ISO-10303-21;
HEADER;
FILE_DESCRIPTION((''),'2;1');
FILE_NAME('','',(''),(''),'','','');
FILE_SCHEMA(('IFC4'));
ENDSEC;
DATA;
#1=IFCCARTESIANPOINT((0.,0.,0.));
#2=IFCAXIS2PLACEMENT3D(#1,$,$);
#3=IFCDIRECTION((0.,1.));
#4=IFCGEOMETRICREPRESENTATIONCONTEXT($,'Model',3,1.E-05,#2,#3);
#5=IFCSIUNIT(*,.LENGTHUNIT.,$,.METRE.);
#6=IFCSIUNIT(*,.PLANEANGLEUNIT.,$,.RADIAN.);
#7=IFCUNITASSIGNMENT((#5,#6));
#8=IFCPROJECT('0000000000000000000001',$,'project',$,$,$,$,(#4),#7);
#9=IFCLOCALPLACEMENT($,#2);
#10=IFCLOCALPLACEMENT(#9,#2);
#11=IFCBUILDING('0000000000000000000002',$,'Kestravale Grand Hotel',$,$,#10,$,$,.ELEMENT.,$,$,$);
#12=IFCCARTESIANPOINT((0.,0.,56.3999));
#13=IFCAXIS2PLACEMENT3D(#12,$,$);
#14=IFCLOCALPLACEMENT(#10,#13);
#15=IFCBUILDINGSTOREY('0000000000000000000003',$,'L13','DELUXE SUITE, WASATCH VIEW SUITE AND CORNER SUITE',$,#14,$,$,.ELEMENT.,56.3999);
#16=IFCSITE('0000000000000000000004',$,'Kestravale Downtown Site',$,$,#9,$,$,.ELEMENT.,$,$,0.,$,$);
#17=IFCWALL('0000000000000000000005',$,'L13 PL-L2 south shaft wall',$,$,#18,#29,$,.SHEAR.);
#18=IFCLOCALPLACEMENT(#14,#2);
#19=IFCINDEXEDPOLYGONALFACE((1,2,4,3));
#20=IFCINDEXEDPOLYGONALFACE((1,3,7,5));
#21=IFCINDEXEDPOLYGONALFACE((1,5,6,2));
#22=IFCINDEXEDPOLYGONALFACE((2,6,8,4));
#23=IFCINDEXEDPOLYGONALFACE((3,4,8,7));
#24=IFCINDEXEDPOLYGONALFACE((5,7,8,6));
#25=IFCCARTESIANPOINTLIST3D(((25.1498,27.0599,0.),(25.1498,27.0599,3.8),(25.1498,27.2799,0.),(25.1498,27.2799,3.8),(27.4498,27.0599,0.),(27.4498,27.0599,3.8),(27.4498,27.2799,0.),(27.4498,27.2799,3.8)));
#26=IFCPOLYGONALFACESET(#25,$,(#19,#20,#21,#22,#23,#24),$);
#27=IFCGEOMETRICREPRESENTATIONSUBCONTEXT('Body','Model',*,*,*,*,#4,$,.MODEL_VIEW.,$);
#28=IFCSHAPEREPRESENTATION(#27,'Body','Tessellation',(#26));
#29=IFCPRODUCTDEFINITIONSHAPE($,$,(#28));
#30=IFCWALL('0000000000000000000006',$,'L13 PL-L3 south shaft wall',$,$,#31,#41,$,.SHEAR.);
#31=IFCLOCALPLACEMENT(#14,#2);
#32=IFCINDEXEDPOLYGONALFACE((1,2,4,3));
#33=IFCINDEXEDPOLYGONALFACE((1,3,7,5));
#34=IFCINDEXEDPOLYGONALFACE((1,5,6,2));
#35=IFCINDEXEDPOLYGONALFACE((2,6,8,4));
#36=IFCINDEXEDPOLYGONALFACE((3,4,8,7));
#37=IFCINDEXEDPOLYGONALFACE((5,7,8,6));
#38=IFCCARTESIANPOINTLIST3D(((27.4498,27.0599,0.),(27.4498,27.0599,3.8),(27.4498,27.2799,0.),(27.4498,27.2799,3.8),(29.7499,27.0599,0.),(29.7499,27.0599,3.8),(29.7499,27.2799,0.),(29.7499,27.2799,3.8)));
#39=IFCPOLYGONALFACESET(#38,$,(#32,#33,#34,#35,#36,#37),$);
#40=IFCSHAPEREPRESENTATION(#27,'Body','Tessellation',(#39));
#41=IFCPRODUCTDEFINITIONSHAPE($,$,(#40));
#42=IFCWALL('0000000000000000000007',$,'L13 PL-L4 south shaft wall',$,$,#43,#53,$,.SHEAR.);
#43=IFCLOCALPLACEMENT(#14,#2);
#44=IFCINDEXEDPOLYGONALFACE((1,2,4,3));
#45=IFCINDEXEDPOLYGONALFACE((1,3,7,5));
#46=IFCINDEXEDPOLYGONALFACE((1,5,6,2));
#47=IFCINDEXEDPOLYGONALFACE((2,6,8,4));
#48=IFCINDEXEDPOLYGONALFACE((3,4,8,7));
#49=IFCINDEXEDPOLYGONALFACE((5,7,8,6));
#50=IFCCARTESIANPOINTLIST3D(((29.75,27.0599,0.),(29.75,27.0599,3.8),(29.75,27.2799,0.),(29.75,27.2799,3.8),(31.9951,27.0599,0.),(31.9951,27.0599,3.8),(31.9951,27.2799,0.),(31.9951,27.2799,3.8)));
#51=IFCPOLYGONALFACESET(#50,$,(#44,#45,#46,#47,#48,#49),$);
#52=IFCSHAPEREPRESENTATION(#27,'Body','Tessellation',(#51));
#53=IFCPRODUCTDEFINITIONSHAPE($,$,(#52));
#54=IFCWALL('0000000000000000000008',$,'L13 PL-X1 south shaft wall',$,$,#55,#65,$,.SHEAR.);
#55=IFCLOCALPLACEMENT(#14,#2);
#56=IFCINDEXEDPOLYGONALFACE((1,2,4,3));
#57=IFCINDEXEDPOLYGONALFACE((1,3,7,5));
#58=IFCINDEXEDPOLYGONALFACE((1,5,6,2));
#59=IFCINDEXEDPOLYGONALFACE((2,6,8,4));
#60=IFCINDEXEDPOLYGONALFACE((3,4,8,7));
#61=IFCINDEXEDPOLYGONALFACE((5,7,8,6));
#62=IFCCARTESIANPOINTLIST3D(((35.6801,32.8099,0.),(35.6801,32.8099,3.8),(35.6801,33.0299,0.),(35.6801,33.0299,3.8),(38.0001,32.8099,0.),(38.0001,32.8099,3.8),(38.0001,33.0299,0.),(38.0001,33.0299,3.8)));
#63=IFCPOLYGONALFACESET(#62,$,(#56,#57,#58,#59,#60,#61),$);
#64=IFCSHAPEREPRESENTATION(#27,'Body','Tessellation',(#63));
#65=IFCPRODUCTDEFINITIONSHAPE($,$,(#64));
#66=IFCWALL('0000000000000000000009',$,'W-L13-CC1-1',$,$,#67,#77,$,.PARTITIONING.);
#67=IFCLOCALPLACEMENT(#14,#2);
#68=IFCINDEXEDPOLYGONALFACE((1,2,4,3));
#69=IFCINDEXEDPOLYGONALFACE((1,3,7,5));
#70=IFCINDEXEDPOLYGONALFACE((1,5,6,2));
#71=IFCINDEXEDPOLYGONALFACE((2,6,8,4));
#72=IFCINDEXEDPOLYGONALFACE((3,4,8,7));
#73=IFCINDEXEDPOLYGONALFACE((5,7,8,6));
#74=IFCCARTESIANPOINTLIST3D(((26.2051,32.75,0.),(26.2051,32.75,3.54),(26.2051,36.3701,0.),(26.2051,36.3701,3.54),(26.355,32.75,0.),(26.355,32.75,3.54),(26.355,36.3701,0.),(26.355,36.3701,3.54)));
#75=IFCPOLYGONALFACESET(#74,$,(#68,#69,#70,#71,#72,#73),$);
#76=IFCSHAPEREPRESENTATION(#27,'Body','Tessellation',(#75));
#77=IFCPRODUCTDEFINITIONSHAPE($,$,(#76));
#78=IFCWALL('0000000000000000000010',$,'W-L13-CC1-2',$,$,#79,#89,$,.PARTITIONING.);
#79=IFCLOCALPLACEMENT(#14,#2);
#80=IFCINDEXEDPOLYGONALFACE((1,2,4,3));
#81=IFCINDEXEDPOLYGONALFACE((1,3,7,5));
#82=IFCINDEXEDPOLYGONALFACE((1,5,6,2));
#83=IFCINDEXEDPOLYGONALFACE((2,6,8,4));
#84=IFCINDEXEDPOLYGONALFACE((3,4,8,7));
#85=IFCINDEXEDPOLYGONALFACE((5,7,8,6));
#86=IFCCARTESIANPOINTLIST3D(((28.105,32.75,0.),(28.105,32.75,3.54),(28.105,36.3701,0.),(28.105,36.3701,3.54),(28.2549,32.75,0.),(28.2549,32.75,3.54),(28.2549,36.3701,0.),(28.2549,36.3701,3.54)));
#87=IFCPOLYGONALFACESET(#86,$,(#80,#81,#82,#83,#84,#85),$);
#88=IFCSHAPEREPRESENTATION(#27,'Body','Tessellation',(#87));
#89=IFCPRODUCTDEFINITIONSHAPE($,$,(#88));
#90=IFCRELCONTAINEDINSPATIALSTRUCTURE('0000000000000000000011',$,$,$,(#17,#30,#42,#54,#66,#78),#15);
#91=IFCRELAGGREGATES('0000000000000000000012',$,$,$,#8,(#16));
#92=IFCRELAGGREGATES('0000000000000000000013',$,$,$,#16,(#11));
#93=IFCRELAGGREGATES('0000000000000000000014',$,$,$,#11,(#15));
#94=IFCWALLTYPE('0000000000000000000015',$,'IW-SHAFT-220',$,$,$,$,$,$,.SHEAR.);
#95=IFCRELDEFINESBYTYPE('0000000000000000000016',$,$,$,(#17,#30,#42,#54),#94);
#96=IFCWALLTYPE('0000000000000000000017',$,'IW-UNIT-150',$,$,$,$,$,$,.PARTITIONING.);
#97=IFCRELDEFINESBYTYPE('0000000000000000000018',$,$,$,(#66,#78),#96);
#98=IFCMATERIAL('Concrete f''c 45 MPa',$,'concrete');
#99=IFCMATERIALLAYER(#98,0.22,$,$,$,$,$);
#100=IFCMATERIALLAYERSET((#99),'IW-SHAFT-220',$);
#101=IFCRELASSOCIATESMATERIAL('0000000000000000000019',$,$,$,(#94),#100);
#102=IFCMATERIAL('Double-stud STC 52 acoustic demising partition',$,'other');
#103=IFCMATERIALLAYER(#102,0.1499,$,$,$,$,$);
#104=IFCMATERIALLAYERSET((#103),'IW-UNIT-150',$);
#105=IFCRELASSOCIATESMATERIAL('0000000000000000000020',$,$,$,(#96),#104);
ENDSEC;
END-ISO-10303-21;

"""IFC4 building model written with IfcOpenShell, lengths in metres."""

from ifc_helpers import new_model, si_unit, direction, frame, frame_2d, origin, place, context, subcontext, project, spatial, rectangle, extrude, material, layer, layer_set, type_object, element, save


model = new_model("IFC4")

# Units and contexts
model_context = context("Model", 3, precision=1e-05, world=origin(), true_north=direction((0.0, 1.0)))
body_context = subcontext(model_context, "Body", "Model", "MODEL_VIEW")
ifc_project = project(units=[si_unit("LENGTHUNIT", "METRE"), si_unit("PLANEANGLEUNIT", "RADIAN")], contexts=[model_context])

# Site, building, storey
site_placement = place(None, origin())
site = spatial("IfcSite", under=ifc_project, at=site_placement, Name="Kestravale Downtown Site", CompositionType="ELEMENT", RefElevation=0.0)
building_placement = place(site_placement, origin())
building = spatial("IfcBuilding", under=site, at=building_placement, Name="Kestravale Grand Hotel", CompositionType="ELEMENT")
storey_placement = place(building_placement, frame((0.0, 0.0, 56.3999)))
storey = spatial("IfcBuildingStorey", under=building, at=storey_placement, Name="L13", Description="DELUXE SUITE, WASATCH VIEW SUITE AND CORNER SUITE", CompositionType="ELEMENT", Elevation=56.3999)

# Shared definitions
ifc_material_1 = material(Name="Concrete f'c 45 MPa", Category="concrete")
ifc_layer_1 = layer(ifc_material_1, 0.22)
ifc_layer_set_1 = layer_set([ifc_layer_1], Name="IW-SHAFT-220")
wall_type_1 = type_object("IfcWallType", Name="IW-SHAFT-220", PredefinedType="SHEAR", material=ifc_layer_set_1)

# Wall
wall_1_placement = place(storey_placement, frame((25.1499, 27.1699, 0.0), z_axis=(0.0, 0.0, 1.0), x_axis=(1.0, 0.0, 0.0)))
element("IfcWall", 1, at=wall_1_placement, inside=storey, type_object=wall_type_1, Name="L13 PL-L2 south shaft wall", PredefinedType="SHEAR", context=body_context, shape_type="SweptSolid", body=[
    extrude(rectangle(XDim=2.3, YDim=0.22, at=frame_2d((1.1499, 0.0))), origin(), (0.0, 0.0, 1.0), 3.8),
])

# Wall
wall_2_placement = place(storey_placement, frame((27.45, 27.1699, 0.0), z_axis=(0.0, 0.0, 1.0), x_axis=(1.0, 0.0, 0.0)))
element("IfcWall", 2, at=wall_2_placement, inside=storey, type_object=wall_type_1, Name="L13 PL-L3 south shaft wall", PredefinedType="SHEAR", context=body_context, shape_type="SweptSolid", body=[
    extrude(rectangle(XDim=2.3, YDim=0.22, at=frame_2d((1.1499, 0.0))), origin(), (0.0, 0.0, 1.0), 3.8),
])

# Walls
wall_3_placement = place(storey_placement, frame((29.75, 27.1699, 0.0), z_axis=(0.0, 0.0, 1.0), x_axis=(1.0, 0.0, 0.0)))
element("IfcWall", 3, at=wall_3_placement, inside=storey, type_object=wall_type_1, Name="L13 PL-L4 south shaft wall", PredefinedType="SHEAR", context=body_context, shape_type="SweptSolid", body=[
    extrude(rectangle(XDim=2.2451, YDim=0.22, at=frame_2d((1.1226, 0.0))), origin(), (0.0, 0.0, 1.0), 3.8),
])
wall_4_placement = place(storey_placement, frame((35.6799, 32.9199, 0.0), z_axis=(0.0, 0.0, 1.0), x_axis=(1.0, 0.0, 0.0)))
element("IfcWall", 4, at=wall_4_placement, inside=storey, type_object=wall_type_1, Name="L13 PL-X1 south shaft wall", PredefinedType="SHEAR", context=body_context, shape_type="SweptSolid", body=[
    extrude(rectangle(XDim=2.3201, YDim=0.22, at=frame_2d((1.1602, 0.0))), origin(), (0.0, 0.0, 1.0), 3.8),
])
ifc_material_2 = material(Name="Double-stud STC 52 acoustic demising partition", Category="other")
ifc_layer_2 = layer(ifc_material_2, 0.1499)
ifc_layer_set_2 = layer_set([ifc_layer_2], Name="IW-UNIT-150")
wall_type_2 = type_object("IfcWallType", Name="IW-UNIT-150", PredefinedType="PARTITIONING", material=ifc_layer_set_2)
for number, where, z_axis, x_axis, name in (
    (5, (26.28, 32.75, 0.0), (0.0, 0.0, 1.0), (0.0, 1.0, 0.0), "W-L13-CC1-1"),
    (6, (28.1799, 32.75, 0.0), (0.0, 0.0, 1.0), (0.0, 1.0, 0.0), "W-L13-CC1-2"),
):
    element("IfcWall", number, at=place(storey_placement, frame(where, z_axis=z_axis, x_axis=x_axis)), inside=storey, type_object=wall_type_2, Name=name, PredefinedType="PARTITIONING", context=body_context, shape_type="SweptSolid", body=[
        extrude(rectangle(XDim=3.6201, YDim=0.1499, at=frame_2d((1.8101, 0.0))), origin(), (0.0, 0.0, 1.0), 3.54),
    ])

save(model, "model.ifc")
